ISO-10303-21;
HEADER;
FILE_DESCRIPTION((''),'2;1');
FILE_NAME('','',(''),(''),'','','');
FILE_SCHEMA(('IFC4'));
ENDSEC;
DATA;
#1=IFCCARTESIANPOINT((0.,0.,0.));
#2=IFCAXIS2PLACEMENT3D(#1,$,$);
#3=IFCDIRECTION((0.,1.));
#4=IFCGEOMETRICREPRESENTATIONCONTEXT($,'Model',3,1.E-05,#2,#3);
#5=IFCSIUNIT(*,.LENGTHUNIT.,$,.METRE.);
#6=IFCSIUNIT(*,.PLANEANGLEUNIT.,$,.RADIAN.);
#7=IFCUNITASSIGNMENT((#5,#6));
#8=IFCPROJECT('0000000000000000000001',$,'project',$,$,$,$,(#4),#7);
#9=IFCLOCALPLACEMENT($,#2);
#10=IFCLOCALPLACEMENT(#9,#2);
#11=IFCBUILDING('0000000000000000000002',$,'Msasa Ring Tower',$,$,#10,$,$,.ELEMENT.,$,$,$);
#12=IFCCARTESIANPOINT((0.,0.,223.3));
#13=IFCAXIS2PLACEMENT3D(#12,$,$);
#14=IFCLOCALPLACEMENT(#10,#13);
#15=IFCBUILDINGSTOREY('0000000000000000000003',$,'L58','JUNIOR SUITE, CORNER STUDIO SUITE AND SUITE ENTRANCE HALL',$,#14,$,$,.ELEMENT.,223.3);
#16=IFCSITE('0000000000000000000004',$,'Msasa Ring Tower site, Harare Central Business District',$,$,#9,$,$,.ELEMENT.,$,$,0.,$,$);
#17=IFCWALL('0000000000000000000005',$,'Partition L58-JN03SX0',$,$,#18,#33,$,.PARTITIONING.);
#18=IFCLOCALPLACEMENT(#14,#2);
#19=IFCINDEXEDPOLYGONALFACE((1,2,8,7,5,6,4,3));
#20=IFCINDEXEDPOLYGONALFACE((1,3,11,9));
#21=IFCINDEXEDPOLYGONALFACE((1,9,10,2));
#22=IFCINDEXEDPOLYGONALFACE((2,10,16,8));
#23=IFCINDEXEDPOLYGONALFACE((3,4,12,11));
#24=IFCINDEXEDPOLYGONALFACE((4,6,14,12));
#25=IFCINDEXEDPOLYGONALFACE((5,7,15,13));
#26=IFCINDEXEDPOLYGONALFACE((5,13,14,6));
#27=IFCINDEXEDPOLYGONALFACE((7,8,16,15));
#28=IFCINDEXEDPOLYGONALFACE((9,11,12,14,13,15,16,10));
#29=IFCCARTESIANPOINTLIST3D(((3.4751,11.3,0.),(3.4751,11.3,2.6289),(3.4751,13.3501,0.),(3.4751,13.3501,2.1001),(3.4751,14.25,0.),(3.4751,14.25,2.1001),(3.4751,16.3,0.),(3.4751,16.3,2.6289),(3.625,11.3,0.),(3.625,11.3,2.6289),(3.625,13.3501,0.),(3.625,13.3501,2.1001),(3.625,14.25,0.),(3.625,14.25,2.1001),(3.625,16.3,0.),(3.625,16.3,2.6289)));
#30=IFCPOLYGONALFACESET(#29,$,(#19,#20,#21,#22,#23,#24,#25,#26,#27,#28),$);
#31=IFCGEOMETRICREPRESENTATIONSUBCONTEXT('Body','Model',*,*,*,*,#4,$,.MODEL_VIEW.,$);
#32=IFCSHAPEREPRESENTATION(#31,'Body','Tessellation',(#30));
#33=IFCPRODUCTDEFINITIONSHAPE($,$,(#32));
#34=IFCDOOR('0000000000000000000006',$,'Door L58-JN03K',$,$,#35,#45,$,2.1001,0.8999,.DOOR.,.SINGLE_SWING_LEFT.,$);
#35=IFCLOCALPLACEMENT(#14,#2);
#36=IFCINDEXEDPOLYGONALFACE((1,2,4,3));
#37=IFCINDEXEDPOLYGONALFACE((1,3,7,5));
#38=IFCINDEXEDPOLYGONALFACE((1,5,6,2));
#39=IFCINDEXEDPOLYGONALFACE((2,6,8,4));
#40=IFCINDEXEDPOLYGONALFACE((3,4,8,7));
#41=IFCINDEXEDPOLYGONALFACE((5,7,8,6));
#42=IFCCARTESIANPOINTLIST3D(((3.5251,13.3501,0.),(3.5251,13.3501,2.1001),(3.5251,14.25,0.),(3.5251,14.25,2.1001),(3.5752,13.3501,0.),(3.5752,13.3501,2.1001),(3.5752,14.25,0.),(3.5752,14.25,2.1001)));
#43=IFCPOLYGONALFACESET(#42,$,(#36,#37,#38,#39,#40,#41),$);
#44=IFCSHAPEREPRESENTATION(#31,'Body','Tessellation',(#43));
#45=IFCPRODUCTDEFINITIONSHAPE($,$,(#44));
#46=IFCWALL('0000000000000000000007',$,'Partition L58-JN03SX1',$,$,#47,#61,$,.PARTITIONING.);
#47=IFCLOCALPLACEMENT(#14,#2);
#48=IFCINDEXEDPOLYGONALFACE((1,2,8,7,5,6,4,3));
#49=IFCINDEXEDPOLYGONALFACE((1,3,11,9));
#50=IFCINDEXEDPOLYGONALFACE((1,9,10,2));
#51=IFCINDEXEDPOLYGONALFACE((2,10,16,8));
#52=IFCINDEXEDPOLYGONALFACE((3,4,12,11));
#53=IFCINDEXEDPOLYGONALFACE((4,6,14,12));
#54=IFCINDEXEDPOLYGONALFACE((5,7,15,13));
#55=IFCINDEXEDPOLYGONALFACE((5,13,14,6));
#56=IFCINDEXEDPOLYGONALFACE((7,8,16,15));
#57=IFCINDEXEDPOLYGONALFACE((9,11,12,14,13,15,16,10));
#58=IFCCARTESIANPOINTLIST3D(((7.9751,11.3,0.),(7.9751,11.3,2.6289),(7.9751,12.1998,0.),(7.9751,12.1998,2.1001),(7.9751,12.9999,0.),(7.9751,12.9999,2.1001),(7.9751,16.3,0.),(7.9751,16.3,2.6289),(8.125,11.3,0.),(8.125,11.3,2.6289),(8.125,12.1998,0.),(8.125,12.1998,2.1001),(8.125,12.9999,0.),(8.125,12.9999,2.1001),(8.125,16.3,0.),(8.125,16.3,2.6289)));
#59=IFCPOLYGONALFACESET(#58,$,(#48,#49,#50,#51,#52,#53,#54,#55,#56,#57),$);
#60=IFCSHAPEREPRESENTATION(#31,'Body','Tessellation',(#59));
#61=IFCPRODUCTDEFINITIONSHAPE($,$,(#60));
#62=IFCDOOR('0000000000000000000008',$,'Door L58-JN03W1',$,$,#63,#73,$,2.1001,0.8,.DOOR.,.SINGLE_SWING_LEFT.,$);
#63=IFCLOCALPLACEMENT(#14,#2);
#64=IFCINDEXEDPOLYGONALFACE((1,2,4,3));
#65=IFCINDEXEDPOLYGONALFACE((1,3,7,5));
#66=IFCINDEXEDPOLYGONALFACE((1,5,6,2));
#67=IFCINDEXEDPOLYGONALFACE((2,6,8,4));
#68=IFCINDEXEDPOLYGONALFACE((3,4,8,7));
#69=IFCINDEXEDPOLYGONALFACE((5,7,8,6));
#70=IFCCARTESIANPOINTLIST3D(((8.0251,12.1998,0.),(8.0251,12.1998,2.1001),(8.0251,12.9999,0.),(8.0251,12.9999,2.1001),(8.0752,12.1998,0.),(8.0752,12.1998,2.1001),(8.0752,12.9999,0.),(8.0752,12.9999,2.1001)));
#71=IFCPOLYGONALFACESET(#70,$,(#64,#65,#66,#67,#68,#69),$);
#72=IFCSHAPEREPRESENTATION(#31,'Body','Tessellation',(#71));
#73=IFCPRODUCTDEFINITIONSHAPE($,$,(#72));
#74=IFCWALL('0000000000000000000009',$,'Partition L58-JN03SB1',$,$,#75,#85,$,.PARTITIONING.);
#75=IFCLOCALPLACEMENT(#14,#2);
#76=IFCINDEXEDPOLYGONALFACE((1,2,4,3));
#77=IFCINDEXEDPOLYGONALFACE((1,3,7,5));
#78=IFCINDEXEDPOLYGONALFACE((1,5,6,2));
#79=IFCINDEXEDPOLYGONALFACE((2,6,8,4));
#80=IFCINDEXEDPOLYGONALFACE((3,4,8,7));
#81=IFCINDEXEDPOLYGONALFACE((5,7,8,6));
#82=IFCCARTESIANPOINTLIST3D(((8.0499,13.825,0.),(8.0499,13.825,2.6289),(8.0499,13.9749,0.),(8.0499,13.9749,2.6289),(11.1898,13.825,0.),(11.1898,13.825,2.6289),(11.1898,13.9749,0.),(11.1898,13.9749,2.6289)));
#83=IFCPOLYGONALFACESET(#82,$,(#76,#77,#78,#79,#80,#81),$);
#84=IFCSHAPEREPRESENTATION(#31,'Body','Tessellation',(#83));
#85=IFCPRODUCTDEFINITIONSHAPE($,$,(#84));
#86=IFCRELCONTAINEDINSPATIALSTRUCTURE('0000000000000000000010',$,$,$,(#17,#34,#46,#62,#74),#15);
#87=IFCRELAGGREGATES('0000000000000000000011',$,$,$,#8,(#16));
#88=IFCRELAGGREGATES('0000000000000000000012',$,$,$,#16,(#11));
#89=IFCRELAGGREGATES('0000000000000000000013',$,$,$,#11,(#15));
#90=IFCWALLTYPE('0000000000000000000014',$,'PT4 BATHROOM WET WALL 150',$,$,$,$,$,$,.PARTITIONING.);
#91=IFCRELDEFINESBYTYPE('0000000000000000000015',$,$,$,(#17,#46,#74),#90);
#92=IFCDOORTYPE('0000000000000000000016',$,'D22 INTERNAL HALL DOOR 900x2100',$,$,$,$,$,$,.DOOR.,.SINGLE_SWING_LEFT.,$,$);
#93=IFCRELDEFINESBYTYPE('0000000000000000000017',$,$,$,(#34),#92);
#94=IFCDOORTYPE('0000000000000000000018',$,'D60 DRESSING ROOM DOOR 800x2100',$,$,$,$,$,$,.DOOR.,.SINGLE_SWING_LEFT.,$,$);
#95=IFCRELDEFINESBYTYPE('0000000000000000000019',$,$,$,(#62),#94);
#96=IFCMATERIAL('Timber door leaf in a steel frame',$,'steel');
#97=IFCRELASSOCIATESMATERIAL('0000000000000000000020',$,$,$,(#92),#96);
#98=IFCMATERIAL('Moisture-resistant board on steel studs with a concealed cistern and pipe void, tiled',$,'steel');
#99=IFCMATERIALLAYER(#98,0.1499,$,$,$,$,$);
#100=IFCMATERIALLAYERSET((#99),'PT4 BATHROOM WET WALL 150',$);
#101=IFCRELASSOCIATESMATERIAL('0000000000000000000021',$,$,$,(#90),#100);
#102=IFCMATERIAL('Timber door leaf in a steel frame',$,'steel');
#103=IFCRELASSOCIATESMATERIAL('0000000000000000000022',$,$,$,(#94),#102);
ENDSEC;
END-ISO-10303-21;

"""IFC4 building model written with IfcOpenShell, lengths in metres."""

from ifc_helpers import new_model, si_unit, direction, frame, frame_2d, origin, place, context, subcontext, project, spatial, rectangle, extrude, material, layer, layer_set, type_object, element, fill, save


model = new_model("IFC4")

# Units and contexts
model_context = context("Model", 3, precision=1e-05, world=origin(), true_north=direction((0.0, 1.0)))
body_context = subcontext(model_context, "Body", "Model", "MODEL_VIEW")
ifc_project = project(units=[si_unit("LENGTHUNIT", "METRE"), si_unit("PLANEANGLEUNIT", "RADIAN")], contexts=[model_context])

# Site, building, storey
site_placement = place(None, origin())
site = spatial("IfcSite", under=ifc_project, at=site_placement, Name="Msasa Ring Tower site, Harare Central Business District", CompositionType="ELEMENT", RefElevation=0.0)
building_placement = place(site_placement, origin())
building = spatial("IfcBuilding", under=site, at=building_placement, Name="Msasa Ring Tower", CompositionType="ELEMENT")
storey_placement = place(building_placement, frame((0.0, 0.0, 223.3)))
storey = spatial("IfcBuildingStorey", under=building, at=storey_placement, Name="L58", Description="JUNIOR SUITE, CORNER STUDIO SUITE AND SUITE ENTRANCE HALL", CompositionType="ELEMENT", Elevation=223.3)

# Shared definitions
ifc_material_1 = material(Name="Timber door leaf in a steel frame", Category="steel")
door_type_1 = type_object("IfcDoorType", Name="D22 INTERNAL HALL DOOR 900x2100", OperationType="SINGLE_SWING_LEFT", PredefinedType="DOOR", material=ifc_material_1)

# Walls, openings, doors
ifc_material_2 = material(Name="Moisture-resistant board on steel studs with a concealed cistern and pipe void, tiled", Category="steel")
ifc_layer_1 = layer(ifc_material_2, 0.1499)
ifc_layer_set_1 = layer_set([ifc_layer_1], Name="PT4 BATHROOM WET WALL 150")
wall_type_1 = type_object("IfcWallType", Name="PT4 BATHROOM WET WALL 150", PredefinedType="PARTITIONING", material=ifc_layer_set_1)
wall_1_placement = place(storey_placement, frame((3.55, 11.3, 0.0), z_axis=(0.0, 0.0, 1.0), x_axis=(0.0, 1.0, 0.0)))
wall_1 = element("IfcWall", 1, at=wall_1_placement, inside=storey, type_object=wall_type_1, Name="Partition L58-JN03SX0", PredefinedType="PARTITIONING", context=body_context, shape_type="SweptSolid", body=[
    extrude(rectangle(XDim=5.0, YDim=0.1499, at=frame_2d((2.5, 0.0))), origin(), (0.0, 0.0, 1.0), 2.6289),
])
opening_1_placement = place(wall_1_placement, frame((2.05, 0.0, 0.0)))
opening_1 = element("IfcOpeningElement", 2, at=opening_1_placement, cuts=wall_1, PredefinedType="OPENING", context=body_context, shape_type="SweptSolid", body=[
    extrude(rectangle(XDim=0.8999, YDim=2.1001, at=frame_2d((0.45, 1.05))), frame((0.0, 0.085, 0.0), z_axis=(0.0, -1.0, 0.0), x_axis=(1.0, 0.0, 0.0)), (0.0, 0.0, 1.0), 0.1699),
])
door_1_placement = place(opening_1_placement, origin())
door_1 = element("IfcDoor", 3, at=door_1_placement, inside=storey, type_object=door_type_1, Name="Door L58-JN03K", OperationType="SINGLE_SWING_LEFT", OverallHeight=2.1001, OverallWidth=0.8999, PredefinedType="DOOR", context=body_context, shape_type="SweptSolid", body=[
    extrude(rectangle(XDim=0.8999, YDim=2.1001, at=frame_2d((0.45, 1.05))), frame((0.0, 0.0249, 0.0), z_axis=(0.0, -1.0, 0.0), x_axis=(1.0, 0.0, 0.0)), (0.0, 0.0, 1.0), 0.05),
])
fill(opening_1, door_1)
wall_2_placement = place(storey_placement, frame((8.05, 11.3, 0.0), z_axis=(0.0, 0.0, 1.0), x_axis=(0.0, 1.0, 0.0)))
wall_2 = element("IfcWall", 4, at=wall_2_placement, inside=storey, type_object=wall_type_1, Name="Partition L58-JN03SX1", PredefinedType="PARTITIONING", context=body_context, shape_type="SweptSolid", body=[
    extrude(rectangle(XDim=5.0, YDim=0.1499, at=frame_2d((2.5, 0.0))), origin(), (0.0, 0.0, 1.0), 2.6289),
])
opening_2_placement = place(wall_2_placement, frame((0.8999, 0.0, 0.0)))
opening_2 = element("IfcOpeningElement", 5, at=opening_2_placement, cuts=wall_2, PredefinedType="OPENING", context=body_context, shape_type="SweptSolid", body=[
    extrude(rectangle(XDim=0.8, YDim=2.1001, at=frame_2d((0.3999, 1.05))), frame((0.0, 0.085, 0.0), z_axis=(0.0, -1.0, 0.0), x_axis=(1.0, 0.0, 0.0)), (0.0, 0.0, 1.0), 0.1699),
])
ifc_material_3 = material(Name="Timber door leaf in a steel frame", Category="steel")
door_type_2 = type_object("IfcDoorType", Name="D60 DRESSING ROOM DOOR 800x2100", OperationType="SINGLE_SWING_LEFT", PredefinedType="DOOR", material=ifc_material_3)
door_2_placement = place(opening_2_placement, origin())
door_2 = element("IfcDoor", 6, at=door_2_placement, inside=storey, type_object=door_type_2, Name="Door L58-JN03W1", OperationType="SINGLE_SWING_LEFT", OverallHeight=2.1001, OverallWidth=0.8, PredefinedType="DOOR", context=body_context, shape_type="SweptSolid", body=[
    extrude(rectangle(XDim=0.8, YDim=2.1001, at=frame_2d((0.3999, 1.05))), frame((0.0, 0.0249, 0.0), z_axis=(0.0, -1.0, 0.0), x_axis=(1.0, 0.0, 0.0)), (0.0, 0.0, 1.0), 0.05),
])
fill(opening_2, door_2)

# Wall
wall_3_placement = place(storey_placement, frame((8.05, 13.8999, 0.0), z_axis=(0.0, 0.0, 1.0), x_axis=(1.0, 0.0, 0.0)))
element("IfcWall", 7, at=wall_3_placement, inside=storey, type_object=wall_type_1, Name="Partition L58-JN03SB1", PredefinedType="PARTITIONING", context=body_context, shape_type="SweptSolid", body=[
    extrude(rectangle(XDim=3.1399, YDim=0.1499, at=frame_2d((1.5698, 0.0))), origin(), (0.0, 0.0, 1.0), 2.6289),
])

save(model, "model.ifc")
